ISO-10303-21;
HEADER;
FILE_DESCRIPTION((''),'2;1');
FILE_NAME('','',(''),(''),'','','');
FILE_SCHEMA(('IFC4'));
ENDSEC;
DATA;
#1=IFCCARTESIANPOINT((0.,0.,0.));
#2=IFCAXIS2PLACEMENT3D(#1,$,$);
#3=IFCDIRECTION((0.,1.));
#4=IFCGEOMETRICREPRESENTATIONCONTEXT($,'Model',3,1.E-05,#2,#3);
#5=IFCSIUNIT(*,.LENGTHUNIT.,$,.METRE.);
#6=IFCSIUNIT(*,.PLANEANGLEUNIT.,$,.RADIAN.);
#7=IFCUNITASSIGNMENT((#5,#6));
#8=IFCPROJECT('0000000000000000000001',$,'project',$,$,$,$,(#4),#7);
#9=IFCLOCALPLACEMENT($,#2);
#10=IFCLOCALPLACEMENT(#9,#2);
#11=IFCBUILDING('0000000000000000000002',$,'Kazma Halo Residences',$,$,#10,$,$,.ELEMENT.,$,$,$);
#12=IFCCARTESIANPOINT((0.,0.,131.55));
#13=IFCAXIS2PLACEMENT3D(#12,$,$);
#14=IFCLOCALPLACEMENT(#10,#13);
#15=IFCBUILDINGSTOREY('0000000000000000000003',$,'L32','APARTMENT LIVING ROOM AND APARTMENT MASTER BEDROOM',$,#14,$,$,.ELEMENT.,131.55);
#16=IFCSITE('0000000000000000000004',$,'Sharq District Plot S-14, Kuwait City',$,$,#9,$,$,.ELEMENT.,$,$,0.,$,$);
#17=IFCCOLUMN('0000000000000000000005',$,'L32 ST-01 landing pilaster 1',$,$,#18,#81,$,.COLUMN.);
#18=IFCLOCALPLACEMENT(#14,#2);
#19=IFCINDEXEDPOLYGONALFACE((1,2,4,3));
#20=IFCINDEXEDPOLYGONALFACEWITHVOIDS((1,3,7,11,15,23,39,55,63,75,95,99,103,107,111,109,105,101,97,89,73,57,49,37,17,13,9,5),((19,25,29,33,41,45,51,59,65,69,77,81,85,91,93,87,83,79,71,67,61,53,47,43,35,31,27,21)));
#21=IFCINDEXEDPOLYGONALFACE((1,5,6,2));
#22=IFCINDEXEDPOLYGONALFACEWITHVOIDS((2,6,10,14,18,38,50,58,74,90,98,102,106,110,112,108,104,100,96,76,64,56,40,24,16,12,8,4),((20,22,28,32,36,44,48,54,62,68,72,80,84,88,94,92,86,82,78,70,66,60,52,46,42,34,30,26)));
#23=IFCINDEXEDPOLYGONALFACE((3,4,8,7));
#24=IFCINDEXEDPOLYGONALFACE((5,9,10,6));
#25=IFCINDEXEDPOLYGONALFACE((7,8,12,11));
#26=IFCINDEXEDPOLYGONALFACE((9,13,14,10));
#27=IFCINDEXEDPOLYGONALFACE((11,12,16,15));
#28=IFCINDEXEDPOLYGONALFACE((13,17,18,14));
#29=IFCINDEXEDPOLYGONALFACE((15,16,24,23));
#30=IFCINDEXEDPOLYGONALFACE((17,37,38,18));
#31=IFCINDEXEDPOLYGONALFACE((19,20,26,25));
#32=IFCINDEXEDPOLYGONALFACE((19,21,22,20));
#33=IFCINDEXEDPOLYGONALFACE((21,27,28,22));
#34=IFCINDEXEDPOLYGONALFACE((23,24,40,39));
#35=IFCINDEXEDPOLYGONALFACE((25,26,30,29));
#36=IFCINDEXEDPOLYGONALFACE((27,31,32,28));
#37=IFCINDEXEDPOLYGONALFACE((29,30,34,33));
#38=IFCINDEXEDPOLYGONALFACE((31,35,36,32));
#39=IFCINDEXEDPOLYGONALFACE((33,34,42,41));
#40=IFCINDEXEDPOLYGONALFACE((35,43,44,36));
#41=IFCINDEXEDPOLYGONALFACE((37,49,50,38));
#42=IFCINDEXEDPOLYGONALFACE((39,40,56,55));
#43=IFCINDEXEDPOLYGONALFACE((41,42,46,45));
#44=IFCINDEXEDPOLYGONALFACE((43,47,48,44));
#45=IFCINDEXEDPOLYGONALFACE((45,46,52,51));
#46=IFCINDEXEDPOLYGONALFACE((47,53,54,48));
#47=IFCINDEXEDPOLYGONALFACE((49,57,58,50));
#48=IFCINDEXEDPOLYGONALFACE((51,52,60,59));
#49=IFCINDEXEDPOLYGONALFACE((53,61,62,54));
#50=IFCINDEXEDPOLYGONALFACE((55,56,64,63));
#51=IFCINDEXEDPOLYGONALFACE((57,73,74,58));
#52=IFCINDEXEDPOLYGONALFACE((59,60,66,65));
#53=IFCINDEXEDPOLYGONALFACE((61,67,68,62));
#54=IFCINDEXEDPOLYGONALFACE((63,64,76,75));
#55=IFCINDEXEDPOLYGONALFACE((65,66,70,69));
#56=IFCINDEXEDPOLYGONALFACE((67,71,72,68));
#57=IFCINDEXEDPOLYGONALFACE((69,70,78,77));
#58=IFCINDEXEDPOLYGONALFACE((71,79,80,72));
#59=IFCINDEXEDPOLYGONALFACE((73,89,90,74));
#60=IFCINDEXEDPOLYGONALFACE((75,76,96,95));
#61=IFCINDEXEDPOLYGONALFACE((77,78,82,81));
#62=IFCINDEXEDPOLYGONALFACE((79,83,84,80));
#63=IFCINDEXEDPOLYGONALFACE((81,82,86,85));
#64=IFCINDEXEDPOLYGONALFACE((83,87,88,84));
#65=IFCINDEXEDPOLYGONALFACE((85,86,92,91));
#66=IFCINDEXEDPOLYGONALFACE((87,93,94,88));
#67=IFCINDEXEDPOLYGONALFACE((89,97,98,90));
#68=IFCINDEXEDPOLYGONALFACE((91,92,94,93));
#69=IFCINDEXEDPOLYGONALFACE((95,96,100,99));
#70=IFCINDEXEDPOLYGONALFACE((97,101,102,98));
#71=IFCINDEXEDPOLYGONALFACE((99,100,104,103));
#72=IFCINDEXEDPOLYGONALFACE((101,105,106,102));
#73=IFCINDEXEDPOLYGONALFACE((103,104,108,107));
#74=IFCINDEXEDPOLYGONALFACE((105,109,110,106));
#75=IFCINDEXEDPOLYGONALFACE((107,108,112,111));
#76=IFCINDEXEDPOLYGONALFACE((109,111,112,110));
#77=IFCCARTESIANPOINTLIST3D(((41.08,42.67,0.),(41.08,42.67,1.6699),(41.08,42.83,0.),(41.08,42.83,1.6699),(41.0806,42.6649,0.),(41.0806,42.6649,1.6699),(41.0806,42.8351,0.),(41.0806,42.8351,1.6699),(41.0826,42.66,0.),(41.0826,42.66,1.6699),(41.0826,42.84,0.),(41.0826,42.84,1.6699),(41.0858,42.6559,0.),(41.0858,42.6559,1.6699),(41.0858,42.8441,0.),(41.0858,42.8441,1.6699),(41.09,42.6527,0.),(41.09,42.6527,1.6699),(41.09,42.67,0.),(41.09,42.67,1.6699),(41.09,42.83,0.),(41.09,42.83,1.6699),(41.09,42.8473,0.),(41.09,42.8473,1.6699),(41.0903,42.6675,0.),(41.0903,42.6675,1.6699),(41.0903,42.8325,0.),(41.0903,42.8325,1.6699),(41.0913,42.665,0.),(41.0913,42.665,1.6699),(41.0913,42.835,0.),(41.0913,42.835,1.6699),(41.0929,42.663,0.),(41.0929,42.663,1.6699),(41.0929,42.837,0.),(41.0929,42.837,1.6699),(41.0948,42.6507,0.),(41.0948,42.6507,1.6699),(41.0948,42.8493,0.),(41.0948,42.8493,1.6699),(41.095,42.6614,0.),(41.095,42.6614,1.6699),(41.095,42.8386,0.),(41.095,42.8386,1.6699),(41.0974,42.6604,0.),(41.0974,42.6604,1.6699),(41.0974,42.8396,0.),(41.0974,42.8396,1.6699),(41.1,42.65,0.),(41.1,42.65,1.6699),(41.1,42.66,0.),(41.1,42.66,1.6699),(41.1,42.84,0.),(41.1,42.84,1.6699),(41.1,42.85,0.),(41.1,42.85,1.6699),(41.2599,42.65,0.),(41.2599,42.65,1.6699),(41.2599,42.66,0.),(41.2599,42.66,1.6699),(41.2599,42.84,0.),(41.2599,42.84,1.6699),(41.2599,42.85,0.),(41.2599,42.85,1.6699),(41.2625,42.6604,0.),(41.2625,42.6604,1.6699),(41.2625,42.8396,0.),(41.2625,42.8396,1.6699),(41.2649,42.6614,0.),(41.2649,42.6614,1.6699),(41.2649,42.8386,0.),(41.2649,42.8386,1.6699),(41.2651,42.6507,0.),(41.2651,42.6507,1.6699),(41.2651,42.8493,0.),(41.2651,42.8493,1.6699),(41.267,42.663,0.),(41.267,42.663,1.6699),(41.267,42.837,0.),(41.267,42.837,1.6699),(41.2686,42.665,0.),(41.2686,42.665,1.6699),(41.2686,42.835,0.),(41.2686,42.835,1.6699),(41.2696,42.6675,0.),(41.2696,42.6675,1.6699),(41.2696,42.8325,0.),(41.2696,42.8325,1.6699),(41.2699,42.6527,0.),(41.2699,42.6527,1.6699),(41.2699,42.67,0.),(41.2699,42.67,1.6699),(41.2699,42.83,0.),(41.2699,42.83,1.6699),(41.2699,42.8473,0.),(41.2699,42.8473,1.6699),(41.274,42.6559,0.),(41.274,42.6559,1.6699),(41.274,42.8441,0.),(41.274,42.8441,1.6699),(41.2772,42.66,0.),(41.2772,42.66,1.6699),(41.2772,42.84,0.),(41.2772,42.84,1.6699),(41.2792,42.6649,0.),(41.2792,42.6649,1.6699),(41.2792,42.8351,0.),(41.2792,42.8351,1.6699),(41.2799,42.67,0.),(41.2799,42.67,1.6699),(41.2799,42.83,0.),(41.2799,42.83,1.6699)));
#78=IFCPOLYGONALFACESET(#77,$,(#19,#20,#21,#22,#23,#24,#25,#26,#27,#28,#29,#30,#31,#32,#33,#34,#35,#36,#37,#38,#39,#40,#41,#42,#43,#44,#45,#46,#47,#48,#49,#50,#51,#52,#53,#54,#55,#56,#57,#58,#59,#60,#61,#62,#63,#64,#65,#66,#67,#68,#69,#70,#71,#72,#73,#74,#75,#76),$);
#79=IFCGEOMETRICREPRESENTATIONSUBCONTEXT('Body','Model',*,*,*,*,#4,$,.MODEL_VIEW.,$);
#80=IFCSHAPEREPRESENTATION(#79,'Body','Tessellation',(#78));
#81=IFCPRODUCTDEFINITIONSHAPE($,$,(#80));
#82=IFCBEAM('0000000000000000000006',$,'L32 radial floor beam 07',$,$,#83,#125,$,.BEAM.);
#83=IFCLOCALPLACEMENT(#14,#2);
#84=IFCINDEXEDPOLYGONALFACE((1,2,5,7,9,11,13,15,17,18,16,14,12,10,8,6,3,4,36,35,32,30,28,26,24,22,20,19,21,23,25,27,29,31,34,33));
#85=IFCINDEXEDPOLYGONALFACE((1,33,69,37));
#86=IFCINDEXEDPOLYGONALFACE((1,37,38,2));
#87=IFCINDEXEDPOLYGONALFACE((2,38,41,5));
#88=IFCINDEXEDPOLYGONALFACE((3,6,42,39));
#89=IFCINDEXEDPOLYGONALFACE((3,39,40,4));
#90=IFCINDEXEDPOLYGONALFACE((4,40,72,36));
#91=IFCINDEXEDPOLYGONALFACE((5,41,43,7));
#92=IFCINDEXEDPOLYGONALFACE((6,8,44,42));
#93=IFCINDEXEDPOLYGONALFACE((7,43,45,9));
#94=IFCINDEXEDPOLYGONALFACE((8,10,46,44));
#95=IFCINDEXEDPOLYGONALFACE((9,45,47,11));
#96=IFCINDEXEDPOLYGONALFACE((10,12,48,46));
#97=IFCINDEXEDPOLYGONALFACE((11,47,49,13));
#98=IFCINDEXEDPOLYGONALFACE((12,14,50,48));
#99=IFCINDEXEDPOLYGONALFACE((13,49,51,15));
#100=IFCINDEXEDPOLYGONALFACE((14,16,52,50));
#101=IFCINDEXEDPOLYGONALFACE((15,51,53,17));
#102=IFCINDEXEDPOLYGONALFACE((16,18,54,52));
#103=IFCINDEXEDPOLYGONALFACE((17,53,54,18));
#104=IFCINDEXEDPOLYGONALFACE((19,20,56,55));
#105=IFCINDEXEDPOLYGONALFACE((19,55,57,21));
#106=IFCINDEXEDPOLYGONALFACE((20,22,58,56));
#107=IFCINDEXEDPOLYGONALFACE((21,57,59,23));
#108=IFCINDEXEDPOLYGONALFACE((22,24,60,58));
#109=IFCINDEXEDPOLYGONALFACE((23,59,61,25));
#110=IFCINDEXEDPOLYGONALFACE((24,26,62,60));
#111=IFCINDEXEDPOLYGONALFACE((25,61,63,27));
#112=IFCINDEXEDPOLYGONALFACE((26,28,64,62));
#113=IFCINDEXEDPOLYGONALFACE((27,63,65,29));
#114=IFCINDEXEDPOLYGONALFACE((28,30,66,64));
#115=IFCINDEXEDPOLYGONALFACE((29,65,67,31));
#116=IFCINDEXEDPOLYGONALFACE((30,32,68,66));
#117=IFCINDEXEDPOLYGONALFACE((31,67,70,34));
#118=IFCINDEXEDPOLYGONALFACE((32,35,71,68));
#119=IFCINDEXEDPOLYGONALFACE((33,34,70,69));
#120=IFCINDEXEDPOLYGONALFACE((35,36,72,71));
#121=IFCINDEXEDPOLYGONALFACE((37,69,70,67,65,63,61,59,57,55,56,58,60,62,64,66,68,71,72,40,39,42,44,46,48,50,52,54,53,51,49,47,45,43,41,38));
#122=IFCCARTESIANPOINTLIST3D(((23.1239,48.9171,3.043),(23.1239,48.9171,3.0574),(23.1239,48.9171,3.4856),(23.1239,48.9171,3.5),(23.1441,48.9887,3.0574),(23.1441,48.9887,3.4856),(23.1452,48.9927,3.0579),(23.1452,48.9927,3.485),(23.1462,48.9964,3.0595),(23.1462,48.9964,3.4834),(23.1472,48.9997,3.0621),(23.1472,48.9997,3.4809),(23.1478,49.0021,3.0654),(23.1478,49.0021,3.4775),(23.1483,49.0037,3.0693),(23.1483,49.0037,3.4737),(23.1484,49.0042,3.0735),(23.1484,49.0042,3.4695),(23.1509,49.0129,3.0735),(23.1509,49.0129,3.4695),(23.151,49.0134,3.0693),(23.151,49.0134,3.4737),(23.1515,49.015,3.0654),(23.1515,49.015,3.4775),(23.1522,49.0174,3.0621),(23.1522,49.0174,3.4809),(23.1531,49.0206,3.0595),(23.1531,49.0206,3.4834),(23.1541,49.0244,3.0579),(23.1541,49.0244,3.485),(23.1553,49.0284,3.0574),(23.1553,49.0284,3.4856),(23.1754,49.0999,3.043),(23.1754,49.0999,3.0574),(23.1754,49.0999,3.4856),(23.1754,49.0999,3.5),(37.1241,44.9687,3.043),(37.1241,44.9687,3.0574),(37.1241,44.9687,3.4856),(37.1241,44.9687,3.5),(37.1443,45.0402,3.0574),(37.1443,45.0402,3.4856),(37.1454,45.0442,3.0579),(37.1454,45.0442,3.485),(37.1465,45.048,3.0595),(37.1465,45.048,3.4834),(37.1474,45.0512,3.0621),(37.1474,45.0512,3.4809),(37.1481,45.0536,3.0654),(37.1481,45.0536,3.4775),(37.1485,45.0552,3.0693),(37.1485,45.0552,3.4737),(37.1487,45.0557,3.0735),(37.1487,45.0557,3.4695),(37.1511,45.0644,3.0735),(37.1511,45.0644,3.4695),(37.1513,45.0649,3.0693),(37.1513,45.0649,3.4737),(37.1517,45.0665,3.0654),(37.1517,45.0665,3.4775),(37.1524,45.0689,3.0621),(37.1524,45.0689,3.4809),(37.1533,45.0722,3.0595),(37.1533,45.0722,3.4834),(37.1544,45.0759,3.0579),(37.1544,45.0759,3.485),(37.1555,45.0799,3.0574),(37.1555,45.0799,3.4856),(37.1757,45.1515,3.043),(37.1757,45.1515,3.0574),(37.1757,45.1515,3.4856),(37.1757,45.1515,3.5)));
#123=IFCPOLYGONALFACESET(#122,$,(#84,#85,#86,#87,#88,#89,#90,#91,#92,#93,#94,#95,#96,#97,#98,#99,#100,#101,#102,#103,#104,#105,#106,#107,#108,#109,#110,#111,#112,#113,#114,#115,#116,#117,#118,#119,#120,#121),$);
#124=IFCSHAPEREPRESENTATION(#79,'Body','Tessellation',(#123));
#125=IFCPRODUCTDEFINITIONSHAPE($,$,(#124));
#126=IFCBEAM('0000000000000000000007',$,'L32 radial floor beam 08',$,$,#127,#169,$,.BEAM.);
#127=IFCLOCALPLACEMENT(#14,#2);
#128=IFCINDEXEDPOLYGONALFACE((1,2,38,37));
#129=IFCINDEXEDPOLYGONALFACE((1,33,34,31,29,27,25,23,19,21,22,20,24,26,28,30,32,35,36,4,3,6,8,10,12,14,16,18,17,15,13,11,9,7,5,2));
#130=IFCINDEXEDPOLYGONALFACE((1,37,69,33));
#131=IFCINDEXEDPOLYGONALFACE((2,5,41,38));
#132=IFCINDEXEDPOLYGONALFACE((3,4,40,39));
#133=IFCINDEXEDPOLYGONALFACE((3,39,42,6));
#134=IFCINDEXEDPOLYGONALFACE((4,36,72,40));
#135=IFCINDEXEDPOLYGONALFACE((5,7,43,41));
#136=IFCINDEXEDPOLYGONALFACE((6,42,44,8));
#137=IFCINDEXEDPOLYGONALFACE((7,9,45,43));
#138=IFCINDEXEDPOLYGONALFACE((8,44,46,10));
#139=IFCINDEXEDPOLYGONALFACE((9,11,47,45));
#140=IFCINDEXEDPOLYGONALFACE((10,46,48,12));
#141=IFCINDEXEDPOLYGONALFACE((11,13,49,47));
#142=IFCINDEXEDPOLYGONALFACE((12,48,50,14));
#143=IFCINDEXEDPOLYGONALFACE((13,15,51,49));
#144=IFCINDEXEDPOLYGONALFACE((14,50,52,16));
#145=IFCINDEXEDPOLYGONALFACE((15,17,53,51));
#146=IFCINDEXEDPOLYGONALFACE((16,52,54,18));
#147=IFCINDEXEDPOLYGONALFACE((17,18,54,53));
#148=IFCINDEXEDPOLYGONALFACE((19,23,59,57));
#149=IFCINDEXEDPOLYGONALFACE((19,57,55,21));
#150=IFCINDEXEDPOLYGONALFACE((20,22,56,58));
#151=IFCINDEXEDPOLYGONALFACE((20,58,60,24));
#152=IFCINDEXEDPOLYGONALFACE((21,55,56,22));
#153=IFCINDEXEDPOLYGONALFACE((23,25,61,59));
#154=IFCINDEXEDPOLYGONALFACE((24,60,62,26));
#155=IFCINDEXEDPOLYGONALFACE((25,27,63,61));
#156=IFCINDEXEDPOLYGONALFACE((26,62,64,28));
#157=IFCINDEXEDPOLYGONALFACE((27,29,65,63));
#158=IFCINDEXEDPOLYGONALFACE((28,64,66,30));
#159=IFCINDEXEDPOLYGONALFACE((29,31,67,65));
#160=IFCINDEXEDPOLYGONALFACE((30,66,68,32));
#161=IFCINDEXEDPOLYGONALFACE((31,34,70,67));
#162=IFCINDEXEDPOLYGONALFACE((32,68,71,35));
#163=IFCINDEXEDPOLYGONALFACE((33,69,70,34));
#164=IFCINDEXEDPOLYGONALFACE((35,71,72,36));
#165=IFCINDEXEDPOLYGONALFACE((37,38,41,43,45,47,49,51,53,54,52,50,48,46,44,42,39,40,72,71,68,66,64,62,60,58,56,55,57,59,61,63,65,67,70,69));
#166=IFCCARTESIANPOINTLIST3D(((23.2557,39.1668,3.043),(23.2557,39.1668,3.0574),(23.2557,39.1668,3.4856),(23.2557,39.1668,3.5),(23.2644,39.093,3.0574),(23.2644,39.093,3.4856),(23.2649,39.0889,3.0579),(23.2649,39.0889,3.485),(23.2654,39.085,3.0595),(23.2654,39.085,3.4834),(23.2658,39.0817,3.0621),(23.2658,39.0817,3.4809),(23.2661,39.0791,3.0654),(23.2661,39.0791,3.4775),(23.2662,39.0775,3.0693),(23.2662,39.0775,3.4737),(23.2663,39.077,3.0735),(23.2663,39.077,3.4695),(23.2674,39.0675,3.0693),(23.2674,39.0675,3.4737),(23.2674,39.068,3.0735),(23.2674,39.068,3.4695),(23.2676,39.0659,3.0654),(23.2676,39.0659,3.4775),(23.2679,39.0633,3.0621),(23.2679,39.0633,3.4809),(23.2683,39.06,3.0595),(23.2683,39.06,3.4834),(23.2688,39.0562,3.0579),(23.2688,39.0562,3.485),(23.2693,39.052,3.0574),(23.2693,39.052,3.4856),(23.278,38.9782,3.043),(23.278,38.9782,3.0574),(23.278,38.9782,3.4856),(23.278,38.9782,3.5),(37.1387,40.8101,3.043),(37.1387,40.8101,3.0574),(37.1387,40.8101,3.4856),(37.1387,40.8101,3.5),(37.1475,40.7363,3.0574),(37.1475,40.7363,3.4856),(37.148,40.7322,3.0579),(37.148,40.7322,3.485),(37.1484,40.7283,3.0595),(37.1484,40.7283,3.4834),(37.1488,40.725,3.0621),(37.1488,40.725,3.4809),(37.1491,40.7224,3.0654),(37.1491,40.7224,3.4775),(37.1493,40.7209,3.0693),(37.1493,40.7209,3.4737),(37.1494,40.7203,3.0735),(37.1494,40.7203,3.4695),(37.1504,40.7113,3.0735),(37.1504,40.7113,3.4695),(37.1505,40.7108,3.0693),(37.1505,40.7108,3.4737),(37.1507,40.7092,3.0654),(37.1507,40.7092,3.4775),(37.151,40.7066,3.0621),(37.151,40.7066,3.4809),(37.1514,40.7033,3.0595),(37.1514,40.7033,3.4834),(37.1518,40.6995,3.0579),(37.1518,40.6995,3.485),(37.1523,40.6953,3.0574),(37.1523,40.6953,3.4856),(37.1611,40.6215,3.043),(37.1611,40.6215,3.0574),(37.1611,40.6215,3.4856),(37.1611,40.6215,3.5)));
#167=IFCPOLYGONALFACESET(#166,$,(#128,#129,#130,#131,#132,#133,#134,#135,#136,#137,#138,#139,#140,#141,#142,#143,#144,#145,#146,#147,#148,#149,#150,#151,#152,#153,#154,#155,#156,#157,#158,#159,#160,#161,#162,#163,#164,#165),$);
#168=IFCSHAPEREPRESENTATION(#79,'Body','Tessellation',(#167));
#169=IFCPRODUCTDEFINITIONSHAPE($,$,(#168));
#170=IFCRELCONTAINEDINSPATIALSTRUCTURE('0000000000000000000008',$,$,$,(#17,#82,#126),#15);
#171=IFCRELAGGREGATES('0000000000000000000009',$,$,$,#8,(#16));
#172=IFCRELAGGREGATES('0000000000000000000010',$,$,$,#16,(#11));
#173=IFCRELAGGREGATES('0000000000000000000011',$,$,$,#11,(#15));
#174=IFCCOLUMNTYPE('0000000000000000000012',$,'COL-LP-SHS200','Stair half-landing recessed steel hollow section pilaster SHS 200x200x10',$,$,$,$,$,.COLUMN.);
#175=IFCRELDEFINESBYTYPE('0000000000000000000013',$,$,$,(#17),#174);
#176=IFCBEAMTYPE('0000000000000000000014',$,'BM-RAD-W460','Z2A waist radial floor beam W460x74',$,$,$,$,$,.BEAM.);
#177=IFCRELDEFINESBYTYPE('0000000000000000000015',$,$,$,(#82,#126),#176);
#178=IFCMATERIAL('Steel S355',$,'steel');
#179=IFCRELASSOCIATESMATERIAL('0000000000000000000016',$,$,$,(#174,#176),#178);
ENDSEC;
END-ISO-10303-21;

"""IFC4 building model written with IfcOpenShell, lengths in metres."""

from ifc_helpers import new_model, si_unit, direction, frame, origin, origin_2d, place, context, subcontext, project, spatial, hollow_rectangle, i_section, extrude, material, material_profile, profile_set, type_object, element, save


model = new_model("IFC4")

# Units and contexts
model_context = context("Model", 3, precision=1e-05, world=origin(), true_north=direction((0.0, 1.0)))
body_context = subcontext(model_context, "Body", "Model", "MODEL_VIEW")
ifc_project = project(units=[si_unit("LENGTHUNIT", "METRE"), si_unit("PLANEANGLEUNIT", "RADIAN")], contexts=[model_context])

# Site, building, storey
site_placement = place(None, origin())
site = spatial("IfcSite", under=ifc_project, at=site_placement, Name="Sharq District Plot S-14, Kuwait City", CompositionType="ELEMENT", RefElevation=0.0)
building_placement = place(site_placement, origin())
building = spatial("IfcBuilding", under=site, at=building_placement, Name="Kazma Halo Residences", CompositionType="ELEMENT")
storey_placement = place(building_placement, frame((0.0, 0.0, 131.55)))
storey = spatial("IfcBuildingStorey", under=building, at=storey_placement, Name="L32", Description="APARTMENT LIVING ROOM AND APARTMENT MASTER BEDROOM", CompositionType="ELEMENT", Elevation=131.55)

# Column
ifc_material_1 = material(Name="Steel S355", Category="steel")
ifc_material_profile_1 = material_profile(ifc_material_1, hollow_rectangle(XDim=0.2, YDim=0.2, WallThickness=0.01, InnerFilletRadius=0.01, OuterFilletRadius=0.02, at=origin_2d()), Name="SHS200x200x10")
ifc_profile_set_1 = profile_set([ifc_material_profile_1], Name="Steel S355")
column_type = type_object("IfcColumnType", Name="COL-LP-SHS200", Description="Stair half-landing recessed steel hollow section pilaster SHS 200x200x10", PredefinedType="COLUMN", material=ifc_profile_set_1)
column_placement = place(storey_placement, frame((41.1799, 42.75, 0.0), z_axis=(0.0, 0.0, 1.0), x_axis=(1.0, 0.0, 0.0)))
element("IfcColumn", 1, at=column_placement, inside=storey, type_object=column_type, Name="L32 ST-01 landing pilaster 1", PredefinedType="COLUMN", context=body_context, shape_type="SweptSolid", body=[
    extrude(hollow_rectangle(XDim=0.2, YDim=0.2, WallThickness=0.01, InnerFilletRadius=0.01, OuterFilletRadius=0.02, at=origin_2d()), origin(), (0.0, 0.0, 1.0), 1.6699),
])

# Beams
ifc_material_profile_2 = material_profile(ifc_material_1, i_section(OverallWidth=0.1899, OverallDepth=0.457, WebThickness=0.009, FlangeThickness=0.0144, FilletRadius=0.0161, at=origin_2d()), Name="W460x74")
ifc_profile_set_2 = profile_set([ifc_material_profile_2], Name="Steel S355")
beam_type_1 = type_object("IfcBeamType", Name="BM-RAD-W460", Description="Z2A waist radial floor beam W460x74", PredefinedType="BEAM", material=ifc_profile_set_2)
beam_1_placement = place(storey_placement, frame((37.1499, 45.0601, 3.2715), z_axis=(-0.962455, 0.271441, 0.0), x_axis=(-0.271441, -0.962455, 0.0)))
element("IfcBeam", 2, at=beam_1_placement, inside=storey, type_object=beam_type_1, Name="L32 radial floor beam 07", PredefinedType="BEAM", context=body_context, shape_type="SweptSolid", body=[
    extrude(i_section(OverallWidth=0.1899, OverallDepth=0.457, WebThickness=0.009, FlangeThickness=0.0144, FilletRadius=0.0161, at=origin_2d()), origin(), (0.0, 0.0, 1.0), 14.5464),
])
beam_2_placement = place(storey_placement, frame((37.1499, 40.7158, 3.2715), z_axis=(-0.993067, -0.117547, 0.0), x_axis=(0.117547, -0.993067, 0.0)))
element("IfcBeam", 3, at=beam_2_placement, inside=storey, type_object=beam_type_1, Name="L32 radial floor beam 08", PredefinedType="BEAM", context=body_context, shape_type="SweptSolid", body=[
    extrude(i_section(OverallWidth=0.1899, OverallDepth=0.457, WebThickness=0.009, FlangeThickness=0.0144, FilletRadius=0.0161, at=origin_2d()), origin(), (0.0, 0.0, 1.0), 13.98),
])

save(model, "model.ifc")
